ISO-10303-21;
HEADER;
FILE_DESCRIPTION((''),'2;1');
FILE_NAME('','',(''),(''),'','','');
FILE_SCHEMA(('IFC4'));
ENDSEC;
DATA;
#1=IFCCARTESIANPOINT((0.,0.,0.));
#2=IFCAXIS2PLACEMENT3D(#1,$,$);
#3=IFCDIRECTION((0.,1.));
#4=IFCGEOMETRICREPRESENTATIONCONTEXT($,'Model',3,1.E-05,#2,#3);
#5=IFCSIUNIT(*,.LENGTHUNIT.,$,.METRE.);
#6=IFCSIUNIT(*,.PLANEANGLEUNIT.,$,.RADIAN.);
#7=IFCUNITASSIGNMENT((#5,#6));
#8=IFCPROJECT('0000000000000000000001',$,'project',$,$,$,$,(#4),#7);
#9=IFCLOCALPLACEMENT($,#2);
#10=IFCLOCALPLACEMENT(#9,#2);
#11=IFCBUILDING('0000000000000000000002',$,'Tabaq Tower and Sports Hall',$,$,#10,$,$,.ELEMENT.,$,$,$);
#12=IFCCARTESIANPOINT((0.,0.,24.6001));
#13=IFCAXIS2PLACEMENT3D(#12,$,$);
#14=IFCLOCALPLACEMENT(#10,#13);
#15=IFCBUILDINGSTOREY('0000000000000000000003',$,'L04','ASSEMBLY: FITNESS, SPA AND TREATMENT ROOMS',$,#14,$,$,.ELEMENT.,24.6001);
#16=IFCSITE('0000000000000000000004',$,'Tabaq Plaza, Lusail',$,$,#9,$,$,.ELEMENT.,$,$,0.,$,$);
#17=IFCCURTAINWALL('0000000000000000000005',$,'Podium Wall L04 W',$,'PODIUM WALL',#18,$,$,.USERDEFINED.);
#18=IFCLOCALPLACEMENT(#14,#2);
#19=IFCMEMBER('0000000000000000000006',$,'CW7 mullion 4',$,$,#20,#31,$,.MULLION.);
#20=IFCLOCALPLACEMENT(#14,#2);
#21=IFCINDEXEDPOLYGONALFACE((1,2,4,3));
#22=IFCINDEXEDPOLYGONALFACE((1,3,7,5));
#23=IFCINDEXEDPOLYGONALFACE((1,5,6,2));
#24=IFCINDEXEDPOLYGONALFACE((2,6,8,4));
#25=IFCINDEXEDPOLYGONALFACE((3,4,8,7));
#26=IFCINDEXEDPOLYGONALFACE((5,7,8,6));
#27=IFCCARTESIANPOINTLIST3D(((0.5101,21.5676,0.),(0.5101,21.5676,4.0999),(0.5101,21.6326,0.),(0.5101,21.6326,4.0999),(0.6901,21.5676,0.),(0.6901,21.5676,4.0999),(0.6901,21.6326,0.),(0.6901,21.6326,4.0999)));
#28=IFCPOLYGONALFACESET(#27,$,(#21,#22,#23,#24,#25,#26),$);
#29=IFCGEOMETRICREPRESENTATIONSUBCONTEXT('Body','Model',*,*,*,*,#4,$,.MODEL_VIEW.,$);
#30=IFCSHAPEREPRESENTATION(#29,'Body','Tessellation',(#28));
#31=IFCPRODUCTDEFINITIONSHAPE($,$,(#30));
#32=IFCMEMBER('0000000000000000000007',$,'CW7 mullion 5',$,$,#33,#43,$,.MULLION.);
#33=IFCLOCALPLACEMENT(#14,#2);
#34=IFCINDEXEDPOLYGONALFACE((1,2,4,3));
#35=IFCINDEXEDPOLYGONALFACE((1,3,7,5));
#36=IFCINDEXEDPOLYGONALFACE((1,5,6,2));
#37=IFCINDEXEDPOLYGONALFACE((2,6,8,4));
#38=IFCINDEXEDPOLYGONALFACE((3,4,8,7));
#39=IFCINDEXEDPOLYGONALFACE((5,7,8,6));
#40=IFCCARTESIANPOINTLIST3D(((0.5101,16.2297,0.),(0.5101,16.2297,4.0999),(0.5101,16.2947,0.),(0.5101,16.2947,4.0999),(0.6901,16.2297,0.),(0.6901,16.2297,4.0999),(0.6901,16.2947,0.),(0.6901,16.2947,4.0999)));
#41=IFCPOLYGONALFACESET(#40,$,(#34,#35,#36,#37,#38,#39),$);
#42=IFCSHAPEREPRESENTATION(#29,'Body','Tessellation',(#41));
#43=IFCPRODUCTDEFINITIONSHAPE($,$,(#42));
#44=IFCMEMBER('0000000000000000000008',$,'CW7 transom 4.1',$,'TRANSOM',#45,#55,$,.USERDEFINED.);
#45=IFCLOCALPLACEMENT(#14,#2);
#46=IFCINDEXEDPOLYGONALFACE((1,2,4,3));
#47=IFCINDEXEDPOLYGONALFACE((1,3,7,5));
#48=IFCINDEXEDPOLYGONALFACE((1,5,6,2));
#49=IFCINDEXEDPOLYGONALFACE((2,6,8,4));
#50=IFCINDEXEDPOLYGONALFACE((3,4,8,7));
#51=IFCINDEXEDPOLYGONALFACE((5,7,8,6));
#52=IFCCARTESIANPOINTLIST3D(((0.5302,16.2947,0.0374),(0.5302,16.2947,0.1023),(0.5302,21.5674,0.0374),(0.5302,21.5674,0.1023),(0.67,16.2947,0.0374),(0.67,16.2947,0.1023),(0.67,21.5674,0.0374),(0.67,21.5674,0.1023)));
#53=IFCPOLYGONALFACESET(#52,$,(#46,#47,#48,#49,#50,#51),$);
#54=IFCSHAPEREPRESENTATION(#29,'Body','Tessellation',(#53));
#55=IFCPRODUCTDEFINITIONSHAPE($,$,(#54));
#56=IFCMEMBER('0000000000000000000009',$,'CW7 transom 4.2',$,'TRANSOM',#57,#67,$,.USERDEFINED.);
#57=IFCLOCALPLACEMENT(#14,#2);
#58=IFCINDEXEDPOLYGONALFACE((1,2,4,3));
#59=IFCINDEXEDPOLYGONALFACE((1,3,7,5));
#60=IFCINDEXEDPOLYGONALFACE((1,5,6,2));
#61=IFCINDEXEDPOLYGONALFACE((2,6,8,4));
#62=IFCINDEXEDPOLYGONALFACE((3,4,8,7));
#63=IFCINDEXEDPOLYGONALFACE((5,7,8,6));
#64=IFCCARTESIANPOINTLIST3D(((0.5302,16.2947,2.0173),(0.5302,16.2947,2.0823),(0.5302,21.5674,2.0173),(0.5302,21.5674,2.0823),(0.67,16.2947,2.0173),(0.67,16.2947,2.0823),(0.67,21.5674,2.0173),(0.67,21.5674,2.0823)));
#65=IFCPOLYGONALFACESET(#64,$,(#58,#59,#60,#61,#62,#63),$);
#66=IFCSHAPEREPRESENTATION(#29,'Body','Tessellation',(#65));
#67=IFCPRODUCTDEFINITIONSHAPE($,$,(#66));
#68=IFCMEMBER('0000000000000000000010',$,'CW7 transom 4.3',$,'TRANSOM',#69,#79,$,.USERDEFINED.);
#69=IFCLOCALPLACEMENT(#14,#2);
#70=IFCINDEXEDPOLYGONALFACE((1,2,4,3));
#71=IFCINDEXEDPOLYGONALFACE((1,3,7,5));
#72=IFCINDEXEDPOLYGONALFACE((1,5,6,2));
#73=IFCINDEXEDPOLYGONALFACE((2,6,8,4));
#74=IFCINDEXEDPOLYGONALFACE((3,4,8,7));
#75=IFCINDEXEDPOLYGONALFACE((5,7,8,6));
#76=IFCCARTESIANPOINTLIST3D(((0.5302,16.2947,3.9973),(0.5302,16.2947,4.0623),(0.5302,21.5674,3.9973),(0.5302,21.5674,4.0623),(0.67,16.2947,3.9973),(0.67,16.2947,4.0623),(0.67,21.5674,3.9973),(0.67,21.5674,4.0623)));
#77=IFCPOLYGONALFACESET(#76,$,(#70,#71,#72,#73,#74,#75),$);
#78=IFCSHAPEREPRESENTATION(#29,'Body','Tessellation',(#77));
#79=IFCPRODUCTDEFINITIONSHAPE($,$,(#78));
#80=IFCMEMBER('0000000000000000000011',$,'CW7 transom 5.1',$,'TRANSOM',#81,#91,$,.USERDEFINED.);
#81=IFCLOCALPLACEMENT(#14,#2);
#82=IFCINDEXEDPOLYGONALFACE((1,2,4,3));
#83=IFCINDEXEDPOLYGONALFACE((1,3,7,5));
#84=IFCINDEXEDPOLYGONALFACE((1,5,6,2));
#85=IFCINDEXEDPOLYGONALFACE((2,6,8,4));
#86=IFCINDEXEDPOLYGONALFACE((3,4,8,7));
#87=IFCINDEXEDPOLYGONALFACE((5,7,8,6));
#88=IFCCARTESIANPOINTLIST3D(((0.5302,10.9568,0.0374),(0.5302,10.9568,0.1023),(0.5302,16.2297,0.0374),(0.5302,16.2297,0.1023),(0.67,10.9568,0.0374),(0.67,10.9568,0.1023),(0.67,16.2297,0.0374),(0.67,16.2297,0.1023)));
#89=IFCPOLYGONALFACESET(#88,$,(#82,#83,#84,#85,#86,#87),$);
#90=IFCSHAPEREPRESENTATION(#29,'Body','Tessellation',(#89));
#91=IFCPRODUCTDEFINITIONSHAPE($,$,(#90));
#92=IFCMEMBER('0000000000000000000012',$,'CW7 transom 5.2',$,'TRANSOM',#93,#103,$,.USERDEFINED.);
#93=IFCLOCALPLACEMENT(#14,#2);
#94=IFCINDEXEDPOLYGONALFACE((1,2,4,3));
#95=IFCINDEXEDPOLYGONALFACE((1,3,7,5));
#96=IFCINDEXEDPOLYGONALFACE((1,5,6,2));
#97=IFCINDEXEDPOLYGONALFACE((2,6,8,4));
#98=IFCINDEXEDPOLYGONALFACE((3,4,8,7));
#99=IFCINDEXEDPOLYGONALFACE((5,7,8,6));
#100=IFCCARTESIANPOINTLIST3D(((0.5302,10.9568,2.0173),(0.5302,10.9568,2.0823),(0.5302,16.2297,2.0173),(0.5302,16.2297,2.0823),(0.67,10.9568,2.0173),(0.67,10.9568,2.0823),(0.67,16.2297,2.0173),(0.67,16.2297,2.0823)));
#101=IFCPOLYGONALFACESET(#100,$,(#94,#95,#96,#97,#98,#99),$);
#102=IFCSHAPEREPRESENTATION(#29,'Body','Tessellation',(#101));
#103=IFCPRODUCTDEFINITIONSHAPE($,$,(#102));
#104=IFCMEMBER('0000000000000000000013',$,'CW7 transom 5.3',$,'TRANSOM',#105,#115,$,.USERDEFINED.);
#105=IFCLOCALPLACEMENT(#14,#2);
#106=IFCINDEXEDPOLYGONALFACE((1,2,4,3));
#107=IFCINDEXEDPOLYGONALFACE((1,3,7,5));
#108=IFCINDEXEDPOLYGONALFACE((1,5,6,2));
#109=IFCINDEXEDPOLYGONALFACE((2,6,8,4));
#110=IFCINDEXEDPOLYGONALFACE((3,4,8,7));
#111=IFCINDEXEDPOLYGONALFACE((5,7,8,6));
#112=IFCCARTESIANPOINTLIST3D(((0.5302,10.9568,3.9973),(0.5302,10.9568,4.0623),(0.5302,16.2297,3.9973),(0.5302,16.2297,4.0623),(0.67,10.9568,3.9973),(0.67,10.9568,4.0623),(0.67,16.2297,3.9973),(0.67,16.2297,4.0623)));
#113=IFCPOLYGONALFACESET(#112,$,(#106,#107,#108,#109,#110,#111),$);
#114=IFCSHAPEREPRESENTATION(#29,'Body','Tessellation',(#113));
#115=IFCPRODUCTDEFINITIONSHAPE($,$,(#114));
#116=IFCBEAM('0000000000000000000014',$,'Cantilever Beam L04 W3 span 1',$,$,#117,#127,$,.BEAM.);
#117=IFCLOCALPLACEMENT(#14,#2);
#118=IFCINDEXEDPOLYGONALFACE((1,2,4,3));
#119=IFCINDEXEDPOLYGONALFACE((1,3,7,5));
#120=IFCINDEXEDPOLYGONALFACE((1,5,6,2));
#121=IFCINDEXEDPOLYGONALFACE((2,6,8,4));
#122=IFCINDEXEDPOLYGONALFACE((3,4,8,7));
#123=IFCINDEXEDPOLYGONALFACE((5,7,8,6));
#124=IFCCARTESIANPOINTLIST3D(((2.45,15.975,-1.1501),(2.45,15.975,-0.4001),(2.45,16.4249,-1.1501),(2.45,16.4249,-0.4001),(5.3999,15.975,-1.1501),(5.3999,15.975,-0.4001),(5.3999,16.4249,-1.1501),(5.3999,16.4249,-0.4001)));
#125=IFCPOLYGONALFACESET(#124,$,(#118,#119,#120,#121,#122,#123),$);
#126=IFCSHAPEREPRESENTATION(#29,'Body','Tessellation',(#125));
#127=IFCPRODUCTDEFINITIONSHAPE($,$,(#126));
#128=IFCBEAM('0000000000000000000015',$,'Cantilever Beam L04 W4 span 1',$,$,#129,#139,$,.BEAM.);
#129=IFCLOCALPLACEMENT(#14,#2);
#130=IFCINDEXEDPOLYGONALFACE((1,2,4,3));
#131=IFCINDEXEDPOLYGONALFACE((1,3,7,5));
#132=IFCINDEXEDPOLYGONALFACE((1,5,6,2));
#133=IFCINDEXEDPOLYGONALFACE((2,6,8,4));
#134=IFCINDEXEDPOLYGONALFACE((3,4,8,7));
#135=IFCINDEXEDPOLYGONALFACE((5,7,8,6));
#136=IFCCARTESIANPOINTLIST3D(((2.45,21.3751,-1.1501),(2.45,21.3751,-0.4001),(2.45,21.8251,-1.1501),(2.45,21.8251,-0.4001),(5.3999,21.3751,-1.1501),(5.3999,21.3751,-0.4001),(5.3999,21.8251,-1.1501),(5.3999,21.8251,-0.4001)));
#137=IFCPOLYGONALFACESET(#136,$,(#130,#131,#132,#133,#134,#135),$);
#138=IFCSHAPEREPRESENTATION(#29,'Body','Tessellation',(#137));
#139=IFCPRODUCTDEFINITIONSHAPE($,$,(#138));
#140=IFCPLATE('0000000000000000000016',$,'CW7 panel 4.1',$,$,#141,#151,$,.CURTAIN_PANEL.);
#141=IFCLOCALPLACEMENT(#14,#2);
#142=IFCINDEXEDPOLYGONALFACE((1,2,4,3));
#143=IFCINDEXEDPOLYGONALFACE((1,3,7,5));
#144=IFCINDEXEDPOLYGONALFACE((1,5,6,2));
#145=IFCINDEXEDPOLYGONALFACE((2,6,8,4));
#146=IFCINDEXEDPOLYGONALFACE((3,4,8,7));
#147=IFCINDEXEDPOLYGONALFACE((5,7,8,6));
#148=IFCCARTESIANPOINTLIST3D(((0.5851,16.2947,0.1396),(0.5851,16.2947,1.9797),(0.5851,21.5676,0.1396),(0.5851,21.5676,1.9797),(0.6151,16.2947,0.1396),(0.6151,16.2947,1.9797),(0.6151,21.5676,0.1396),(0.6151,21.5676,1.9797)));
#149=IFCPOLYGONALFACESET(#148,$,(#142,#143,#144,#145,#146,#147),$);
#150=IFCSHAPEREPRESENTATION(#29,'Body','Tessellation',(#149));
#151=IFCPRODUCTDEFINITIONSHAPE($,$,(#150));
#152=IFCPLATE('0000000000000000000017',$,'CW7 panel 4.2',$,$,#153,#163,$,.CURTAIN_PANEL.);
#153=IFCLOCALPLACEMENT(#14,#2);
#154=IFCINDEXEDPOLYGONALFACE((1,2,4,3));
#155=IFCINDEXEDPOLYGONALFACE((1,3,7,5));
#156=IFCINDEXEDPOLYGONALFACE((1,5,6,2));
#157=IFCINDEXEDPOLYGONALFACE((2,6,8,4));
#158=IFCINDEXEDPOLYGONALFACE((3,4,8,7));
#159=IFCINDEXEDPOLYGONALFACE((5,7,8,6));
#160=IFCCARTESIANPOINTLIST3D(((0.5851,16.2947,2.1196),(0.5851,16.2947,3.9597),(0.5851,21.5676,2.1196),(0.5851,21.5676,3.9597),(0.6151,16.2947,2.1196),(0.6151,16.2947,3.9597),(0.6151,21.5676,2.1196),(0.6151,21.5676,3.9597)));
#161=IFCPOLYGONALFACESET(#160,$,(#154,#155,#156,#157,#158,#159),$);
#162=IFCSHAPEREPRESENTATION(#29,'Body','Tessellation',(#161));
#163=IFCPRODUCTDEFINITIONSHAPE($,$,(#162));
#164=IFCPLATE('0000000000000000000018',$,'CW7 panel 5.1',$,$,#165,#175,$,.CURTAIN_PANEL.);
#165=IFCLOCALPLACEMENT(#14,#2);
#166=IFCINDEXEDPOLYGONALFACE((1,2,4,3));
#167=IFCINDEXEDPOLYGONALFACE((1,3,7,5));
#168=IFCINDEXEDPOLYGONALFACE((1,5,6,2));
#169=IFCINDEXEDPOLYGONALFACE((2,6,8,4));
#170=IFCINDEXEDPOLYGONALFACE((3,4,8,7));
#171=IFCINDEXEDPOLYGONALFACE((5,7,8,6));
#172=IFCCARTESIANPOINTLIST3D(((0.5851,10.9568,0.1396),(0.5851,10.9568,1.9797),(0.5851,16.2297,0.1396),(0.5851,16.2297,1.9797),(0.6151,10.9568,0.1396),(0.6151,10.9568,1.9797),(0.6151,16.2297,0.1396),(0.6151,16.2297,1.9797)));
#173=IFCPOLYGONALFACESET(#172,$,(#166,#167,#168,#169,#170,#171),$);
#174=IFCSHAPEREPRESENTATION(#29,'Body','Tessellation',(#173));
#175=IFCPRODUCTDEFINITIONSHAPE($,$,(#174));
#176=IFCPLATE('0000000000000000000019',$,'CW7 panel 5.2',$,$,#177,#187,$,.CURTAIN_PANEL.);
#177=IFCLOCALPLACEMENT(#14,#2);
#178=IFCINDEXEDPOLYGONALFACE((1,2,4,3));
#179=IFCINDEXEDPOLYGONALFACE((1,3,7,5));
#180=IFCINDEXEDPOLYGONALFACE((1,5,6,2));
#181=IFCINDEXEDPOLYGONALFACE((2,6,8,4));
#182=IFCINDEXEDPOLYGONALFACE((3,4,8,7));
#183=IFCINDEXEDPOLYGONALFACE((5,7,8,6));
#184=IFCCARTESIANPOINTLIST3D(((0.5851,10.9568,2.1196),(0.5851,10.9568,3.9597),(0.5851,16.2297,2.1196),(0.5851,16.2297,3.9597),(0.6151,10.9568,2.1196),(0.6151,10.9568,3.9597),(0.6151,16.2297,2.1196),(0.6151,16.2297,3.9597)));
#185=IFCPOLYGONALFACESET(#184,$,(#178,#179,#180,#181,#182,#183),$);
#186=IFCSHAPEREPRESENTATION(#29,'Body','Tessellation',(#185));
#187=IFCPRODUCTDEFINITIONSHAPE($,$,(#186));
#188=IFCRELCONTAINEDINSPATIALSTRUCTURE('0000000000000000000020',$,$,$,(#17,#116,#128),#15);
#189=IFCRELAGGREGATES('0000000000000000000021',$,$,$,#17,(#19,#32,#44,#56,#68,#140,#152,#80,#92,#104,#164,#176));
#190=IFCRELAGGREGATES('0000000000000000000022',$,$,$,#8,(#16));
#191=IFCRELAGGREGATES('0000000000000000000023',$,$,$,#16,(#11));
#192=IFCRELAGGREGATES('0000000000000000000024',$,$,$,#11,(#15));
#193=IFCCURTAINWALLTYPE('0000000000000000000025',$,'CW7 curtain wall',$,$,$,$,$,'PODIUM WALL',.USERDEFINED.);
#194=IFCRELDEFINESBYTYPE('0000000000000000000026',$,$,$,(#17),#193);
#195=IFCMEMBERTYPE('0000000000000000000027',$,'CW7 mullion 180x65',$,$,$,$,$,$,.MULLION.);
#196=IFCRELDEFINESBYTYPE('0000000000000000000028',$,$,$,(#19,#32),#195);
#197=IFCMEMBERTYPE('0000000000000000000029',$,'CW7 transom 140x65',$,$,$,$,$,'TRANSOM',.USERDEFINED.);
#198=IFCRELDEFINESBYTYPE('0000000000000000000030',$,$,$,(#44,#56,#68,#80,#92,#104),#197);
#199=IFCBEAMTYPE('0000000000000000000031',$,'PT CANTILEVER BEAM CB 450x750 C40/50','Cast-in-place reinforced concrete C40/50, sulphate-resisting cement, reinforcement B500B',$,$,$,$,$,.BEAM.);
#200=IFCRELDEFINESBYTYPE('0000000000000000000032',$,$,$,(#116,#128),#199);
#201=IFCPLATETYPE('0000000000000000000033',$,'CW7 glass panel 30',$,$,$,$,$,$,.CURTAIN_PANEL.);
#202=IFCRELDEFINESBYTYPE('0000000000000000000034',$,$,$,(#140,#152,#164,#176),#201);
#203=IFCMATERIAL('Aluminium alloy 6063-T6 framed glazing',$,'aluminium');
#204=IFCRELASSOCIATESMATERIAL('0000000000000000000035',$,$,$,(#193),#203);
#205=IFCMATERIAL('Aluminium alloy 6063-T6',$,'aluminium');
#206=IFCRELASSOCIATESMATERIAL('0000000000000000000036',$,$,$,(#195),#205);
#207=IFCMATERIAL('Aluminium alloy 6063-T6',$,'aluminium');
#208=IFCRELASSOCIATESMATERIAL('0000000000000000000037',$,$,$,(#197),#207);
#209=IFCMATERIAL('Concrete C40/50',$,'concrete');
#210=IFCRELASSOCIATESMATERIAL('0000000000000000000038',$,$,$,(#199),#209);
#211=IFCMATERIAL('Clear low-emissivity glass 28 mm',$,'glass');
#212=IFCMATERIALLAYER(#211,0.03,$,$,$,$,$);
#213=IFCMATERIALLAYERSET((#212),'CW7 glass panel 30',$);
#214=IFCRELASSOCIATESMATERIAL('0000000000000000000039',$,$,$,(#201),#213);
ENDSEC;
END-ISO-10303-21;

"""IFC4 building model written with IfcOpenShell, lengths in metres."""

from ifc_helpers import new_model, si_unit, direction, frame, origin, origin_2d, place, context, subcontext, project, spatial, rectangle, extrude, material, layer, layer_set, material_profile, profile_set, type_object, element, aggregate, save


model = new_model("IFC4")

# Units and contexts
model_context = context("Model", 3, precision=1e-05, world=origin(), true_north=direction((0.0, 1.0)))
body_context = subcontext(model_context, "Body", "Model", "MODEL_VIEW")
ifc_project = project(units=[si_unit("LENGTHUNIT", "METRE"), si_unit("PLANEANGLEUNIT", "RADIAN")], contexts=[model_context])

# Site, building, storey
site_placement = place(None, origin())
site = spatial("IfcSite", under=ifc_project, at=site_placement, Name="Tabaq Plaza, Lusail", CompositionType="ELEMENT", RefElevation=0.0)
building_placement = place(site_placement, origin())
building = spatial("IfcBuilding", under=site, at=building_placement, Name="Tabaq Tower and Sports Hall", CompositionType="ELEMENT")
storey_placement = place(building_placement, frame((0.0, 0.0, 24.6001)))
storey = spatial("IfcBuildingStorey", under=building, at=storey_placement, Name="L04", Description="ASSEMBLY: FITNESS, SPA AND TREATMENT ROOMS", CompositionType="ELEMENT", Elevation=24.6001)

# Curtain wall, members
ifc_material_1 = material(Name="Aluminium alloy 6063-T6 framed glazing", Category="aluminium")
curtain_wall_type = type_object("IfcCurtainWallType", Name="CW7 curtain wall", ElementType="PODIUM WALL", PredefinedType="USERDEFINED", material=ifc_material_1)
curtain_wall_placement = place(storey_placement, origin())
curtain_wall = element("IfcCurtainWall", 1, at=curtain_wall_placement, inside=storey, type_object=curtain_wall_type, Name="Podium Wall L04 W", ObjectType="PODIUM WALL", PredefinedType="USERDEFINED")
ifc_material_2 = material(Name="Aluminium alloy 6063-T6", Category="aluminium")
ifc_material_profile_1 = material_profile(ifc_material_2, rectangle(XDim=0.1799, YDim=0.0649, at=origin_2d()), Name="MULLION 180x65")
ifc_profile_set_1 = profile_set([ifc_material_profile_1], Name="Aluminium alloy 6063-T6")
member_type_1 = type_object("IfcMemberType", Name="CW7 mullion 180x65", PredefinedType="MULLION", material=ifc_profile_set_1)
member_1_placement = place(storey_placement, frame((0.6001, 21.6001, 0.0), z_axis=(0.0, 0.0, 1.0), x_axis=(1.0, 0.0, 0.0)))
member_1 = element("IfcMember", 2, at=member_1_placement, type_object=member_type_1, Name="CW7 mullion 4", PredefinedType="MULLION", context=body_context, shape_type="SweptSolid", body=[
    extrude(rectangle(XDim=0.1799, YDim=0.0649, at=origin_2d()), origin(), (0.0, 0.0, 1.0), 4.0999),
])
member_2_placement = place(storey_placement, frame((0.6001, 16.2622, 0.0), z_axis=(0.0, 0.0, 1.0), x_axis=(1.0, 0.0, 0.0)))
member_2 = element("IfcMember", 3, at=member_2_placement, type_object=member_type_1, Name="CW7 mullion 5", PredefinedType="MULLION", context=body_context, shape_type="SweptSolid", body=[
    extrude(rectangle(XDim=0.1799, YDim=0.0649, at=origin_2d()), origin(), (0.0, 0.0, 1.0), 4.0999),
])
ifc_material_3 = material(Name="Aluminium alloy 6063-T6", Category="aluminium")
ifc_material_profile_2 = material_profile(ifc_material_3, rectangle(XDim=0.1399, YDim=0.0649, at=origin_2d()), Name="TRANSOM 140x65")
ifc_profile_set_2 = profile_set([ifc_material_profile_2], Name="Aluminium alloy 6063-T6")
member_type_2 = type_object("IfcMemberType", Name="CW7 transom 140x65", ElementType="TRANSOM", PredefinedType="USERDEFINED", material=ifc_profile_set_2)
member_3_placement = place(storey_placement, frame((0.6001, 21.5674, 0.0698), z_axis=(0.0, -1.0, 0.0), x_axis=(1.0, 0.0, 0.0)))
member_3 = element("IfcMember", 4, at=member_3_placement, type_object=member_type_2, Name="CW7 transom 4.1", ObjectType="TRANSOM", PredefinedType="USERDEFINED", context=body_context, shape_type="SweptSolid", body=[
    extrude(rectangle(XDim=0.1399, YDim=0.0649, at=origin_2d()), origin(), (0.0, 0.0, 1.0), 5.2727),
])
member_4_placement = place(storey_placement, frame((0.6001, 21.5674, 2.0498), z_axis=(0.0, -1.0, 0.0), x_axis=(1.0, 0.0, 0.0)))
member_4 = element("IfcMember", 5, at=member_4_placement, type_object=member_type_2, Name="CW7 transom 4.2", ObjectType="TRANSOM", PredefinedType="USERDEFINED", context=body_context, shape_type="SweptSolid", body=[
    extrude(rectangle(XDim=0.1399, YDim=0.0649, at=origin_2d()), origin(), (0.0, 0.0, 1.0), 5.2727),
])
member_5_placement = place(storey_placement, frame((0.6001, 21.5674, 4.0298), z_axis=(0.0, -1.0, 0.0), x_axis=(1.0, 0.0, 0.0)))
member_5 = element("IfcMember", 6, at=member_5_placement, type_object=member_type_2, Name="CW7 transom 4.3", ObjectType="TRANSOM", PredefinedType="USERDEFINED", context=body_context, shape_type="SweptSolid", body=[
    extrude(rectangle(XDim=0.1399, YDim=0.0649, at=origin_2d()), origin(), (0.0, 0.0, 1.0), 5.2727),
])
member_6_placement = place(storey_placement, frame((0.6001, 16.2297, 0.0698), z_axis=(0.0, -1.0, 0.0), x_axis=(1.0, 0.0, 0.0)))
member_6 = element("IfcMember", 7, at=member_6_placement, type_object=member_type_2, Name="CW7 transom 5.1", ObjectType="TRANSOM", PredefinedType="USERDEFINED", context=body_context, shape_type="SweptSolid", body=[
    extrude(rectangle(XDim=0.1399, YDim=0.0649, at=origin_2d()), origin(), (0.0, 0.0, 1.0), 5.2729),
])
member_7_placement = place(storey_placement, frame((0.6001, 16.2297, 2.0498), z_axis=(0.0, -1.0, 0.0), x_axis=(1.0, 0.0, 0.0)))
member_7 = element("IfcMember", 8, at=member_7_placement, type_object=member_type_2, Name="CW7 transom 5.2", ObjectType="TRANSOM", PredefinedType="USERDEFINED", context=body_context, shape_type="SweptSolid", body=[
    extrude(rectangle(XDim=0.1399, YDim=0.0649, at=origin_2d()), origin(), (0.0, 0.0, 1.0), 5.2729),
])
member_8_placement = place(storey_placement, frame((0.6001, 16.2297, 4.0298), z_axis=(0.0, -1.0, 0.0), x_axis=(1.0, 0.0, 0.0)))
member_8 = element("IfcMember", 9, at=member_8_placement, type_object=member_type_2, Name="CW7 transom 5.3", ObjectType="TRANSOM", PredefinedType="USERDEFINED", context=body_context, shape_type="SweptSolid", body=[
    extrude(rectangle(XDim=0.1399, YDim=0.0649, at=origin_2d()), origin(), (0.0, 0.0, 1.0), 5.2729),
])

# Beams
ifc_material_4 = material(Name="Concrete C40/50", Category="concrete")
ifc_material_profile_3 = material_profile(ifc_material_4, rectangle(XDim=0.45, YDim=0.75, at=origin_2d()), Name="CB 450x750")
ifc_profile_set_3 = profile_set([ifc_material_profile_3], Name="Concrete C40/50")
beam_type = type_object("IfcBeamType", Name="PT CANTILEVER BEAM CB 450x750 C40/50", Description="Cast-in-place reinforced concrete C40/50, sulphate-resisting cement, reinforcement B500B", PredefinedType="BEAM", material=ifc_profile_set_3)
for number, where, z_axis, x_axis, name in (
    (10, (2.45, 16.2, -0.7751), (1.0, 0.0, 0.0), (0.0, 1.0, 0.0), "Cantilever Beam L04 W3 span 1"),
    (11, (2.45, 21.6001, -0.7751), (1.0, 0.0, 0.0), (0.0, 1.0, 0.0), "Cantilever Beam L04 W4 span 1"),
):
    element("IfcBeam", number, at=place(storey_placement, frame(where, z_axis=z_axis, x_axis=x_axis)), inside=storey, type_object=beam_type, Name=name, PredefinedType="BEAM", context=body_context, shape_type="SweptSolid", body=[
        extrude(rectangle(XDim=0.45, YDim=0.75, at=origin_2d()), origin(), (0.0, 0.0, 1.0), 2.95),
    ])

# Plates
ifc_material_5 = material(Name="Clear low-emissivity glass 28 mm", Category="glass")
ifc_layer_1 = layer(ifc_material_5, 0.03)
ifc_layer_set_1 = layer_set([ifc_layer_1], Name="CW7 glass panel 30")
plate_type = type_object("IfcPlateType", Name="CW7 glass panel 30", PredefinedType="CURTAIN_PANEL", material=ifc_layer_set_1)
plate_1_placement = place(storey_placement, frame((0.6001, 18.9312, 0.1396), z_axis=(0.0, 0.0, 1.0), x_axis=(0.0, -1.0, 0.0)))
plate_1 = element("IfcPlate", 12, at=plate_1_placement, type_object=plate_type, Name="CW7 panel 4.1", PredefinedType="CURTAIN_PANEL", context=body_context, shape_type="SweptSolid", body=[
    extrude(rectangle(XDim=5.2729, YDim=0.03, at=origin_2d()), origin(), (0.0, 0.0, 1.0), 1.8401),
])
plate_2_placement = place(storey_placement, frame((0.6001, 18.9312, 2.1196), z_axis=(0.0, 0.0, 1.0), x_axis=(0.0, -1.0, 0.0)))
plate_2 = element("IfcPlate", 13, at=plate_2_placement, type_object=plate_type, Name="CW7 panel 4.2", PredefinedType="CURTAIN_PANEL", context=body_context, shape_type="SweptSolid", body=[
    extrude(rectangle(XDim=5.2729, YDim=0.03, at=origin_2d()), origin(), (0.0, 0.0, 1.0), 1.8401),
])
plate_3_placement = place(storey_placement, frame((0.6001, 13.5933, 0.1396), z_axis=(0.0, 0.0, 1.0), x_axis=(0.0, -1.0, 0.0)))
plate_3 = element("IfcPlate", 14, at=plate_3_placement, type_object=plate_type, Name="CW7 panel 5.1", PredefinedType="CURTAIN_PANEL", context=body_context, shape_type="SweptSolid", body=[
    extrude(rectangle(XDim=5.2729, YDim=0.03, at=origin_2d()), origin(), (0.0, 0.0, 1.0), 1.8401),
])
plate_4_placement = place(storey_placement, frame((0.6001, 13.5933, 2.1196), z_axis=(0.0, 0.0, 1.0), x_axis=(0.0, -1.0, 0.0)))
plate_4 = element("IfcPlate", 15, at=plate_4_placement, type_object=plate_type, Name="CW7 panel 5.2", PredefinedType="CURTAIN_PANEL", context=body_context, shape_type="SweptSolid", body=[
    extrude(rectangle(XDim=5.2729, YDim=0.03, at=origin_2d()), origin(), (0.0, 0.0, 1.0), 1.8401),
])
aggregate(curtain_wall, [member_1, member_2, member_3, member_4, member_5, plate_1, plate_2, member_6, member_7, member_8, plate_3, plate_4])

save(model, "model.ifc")
